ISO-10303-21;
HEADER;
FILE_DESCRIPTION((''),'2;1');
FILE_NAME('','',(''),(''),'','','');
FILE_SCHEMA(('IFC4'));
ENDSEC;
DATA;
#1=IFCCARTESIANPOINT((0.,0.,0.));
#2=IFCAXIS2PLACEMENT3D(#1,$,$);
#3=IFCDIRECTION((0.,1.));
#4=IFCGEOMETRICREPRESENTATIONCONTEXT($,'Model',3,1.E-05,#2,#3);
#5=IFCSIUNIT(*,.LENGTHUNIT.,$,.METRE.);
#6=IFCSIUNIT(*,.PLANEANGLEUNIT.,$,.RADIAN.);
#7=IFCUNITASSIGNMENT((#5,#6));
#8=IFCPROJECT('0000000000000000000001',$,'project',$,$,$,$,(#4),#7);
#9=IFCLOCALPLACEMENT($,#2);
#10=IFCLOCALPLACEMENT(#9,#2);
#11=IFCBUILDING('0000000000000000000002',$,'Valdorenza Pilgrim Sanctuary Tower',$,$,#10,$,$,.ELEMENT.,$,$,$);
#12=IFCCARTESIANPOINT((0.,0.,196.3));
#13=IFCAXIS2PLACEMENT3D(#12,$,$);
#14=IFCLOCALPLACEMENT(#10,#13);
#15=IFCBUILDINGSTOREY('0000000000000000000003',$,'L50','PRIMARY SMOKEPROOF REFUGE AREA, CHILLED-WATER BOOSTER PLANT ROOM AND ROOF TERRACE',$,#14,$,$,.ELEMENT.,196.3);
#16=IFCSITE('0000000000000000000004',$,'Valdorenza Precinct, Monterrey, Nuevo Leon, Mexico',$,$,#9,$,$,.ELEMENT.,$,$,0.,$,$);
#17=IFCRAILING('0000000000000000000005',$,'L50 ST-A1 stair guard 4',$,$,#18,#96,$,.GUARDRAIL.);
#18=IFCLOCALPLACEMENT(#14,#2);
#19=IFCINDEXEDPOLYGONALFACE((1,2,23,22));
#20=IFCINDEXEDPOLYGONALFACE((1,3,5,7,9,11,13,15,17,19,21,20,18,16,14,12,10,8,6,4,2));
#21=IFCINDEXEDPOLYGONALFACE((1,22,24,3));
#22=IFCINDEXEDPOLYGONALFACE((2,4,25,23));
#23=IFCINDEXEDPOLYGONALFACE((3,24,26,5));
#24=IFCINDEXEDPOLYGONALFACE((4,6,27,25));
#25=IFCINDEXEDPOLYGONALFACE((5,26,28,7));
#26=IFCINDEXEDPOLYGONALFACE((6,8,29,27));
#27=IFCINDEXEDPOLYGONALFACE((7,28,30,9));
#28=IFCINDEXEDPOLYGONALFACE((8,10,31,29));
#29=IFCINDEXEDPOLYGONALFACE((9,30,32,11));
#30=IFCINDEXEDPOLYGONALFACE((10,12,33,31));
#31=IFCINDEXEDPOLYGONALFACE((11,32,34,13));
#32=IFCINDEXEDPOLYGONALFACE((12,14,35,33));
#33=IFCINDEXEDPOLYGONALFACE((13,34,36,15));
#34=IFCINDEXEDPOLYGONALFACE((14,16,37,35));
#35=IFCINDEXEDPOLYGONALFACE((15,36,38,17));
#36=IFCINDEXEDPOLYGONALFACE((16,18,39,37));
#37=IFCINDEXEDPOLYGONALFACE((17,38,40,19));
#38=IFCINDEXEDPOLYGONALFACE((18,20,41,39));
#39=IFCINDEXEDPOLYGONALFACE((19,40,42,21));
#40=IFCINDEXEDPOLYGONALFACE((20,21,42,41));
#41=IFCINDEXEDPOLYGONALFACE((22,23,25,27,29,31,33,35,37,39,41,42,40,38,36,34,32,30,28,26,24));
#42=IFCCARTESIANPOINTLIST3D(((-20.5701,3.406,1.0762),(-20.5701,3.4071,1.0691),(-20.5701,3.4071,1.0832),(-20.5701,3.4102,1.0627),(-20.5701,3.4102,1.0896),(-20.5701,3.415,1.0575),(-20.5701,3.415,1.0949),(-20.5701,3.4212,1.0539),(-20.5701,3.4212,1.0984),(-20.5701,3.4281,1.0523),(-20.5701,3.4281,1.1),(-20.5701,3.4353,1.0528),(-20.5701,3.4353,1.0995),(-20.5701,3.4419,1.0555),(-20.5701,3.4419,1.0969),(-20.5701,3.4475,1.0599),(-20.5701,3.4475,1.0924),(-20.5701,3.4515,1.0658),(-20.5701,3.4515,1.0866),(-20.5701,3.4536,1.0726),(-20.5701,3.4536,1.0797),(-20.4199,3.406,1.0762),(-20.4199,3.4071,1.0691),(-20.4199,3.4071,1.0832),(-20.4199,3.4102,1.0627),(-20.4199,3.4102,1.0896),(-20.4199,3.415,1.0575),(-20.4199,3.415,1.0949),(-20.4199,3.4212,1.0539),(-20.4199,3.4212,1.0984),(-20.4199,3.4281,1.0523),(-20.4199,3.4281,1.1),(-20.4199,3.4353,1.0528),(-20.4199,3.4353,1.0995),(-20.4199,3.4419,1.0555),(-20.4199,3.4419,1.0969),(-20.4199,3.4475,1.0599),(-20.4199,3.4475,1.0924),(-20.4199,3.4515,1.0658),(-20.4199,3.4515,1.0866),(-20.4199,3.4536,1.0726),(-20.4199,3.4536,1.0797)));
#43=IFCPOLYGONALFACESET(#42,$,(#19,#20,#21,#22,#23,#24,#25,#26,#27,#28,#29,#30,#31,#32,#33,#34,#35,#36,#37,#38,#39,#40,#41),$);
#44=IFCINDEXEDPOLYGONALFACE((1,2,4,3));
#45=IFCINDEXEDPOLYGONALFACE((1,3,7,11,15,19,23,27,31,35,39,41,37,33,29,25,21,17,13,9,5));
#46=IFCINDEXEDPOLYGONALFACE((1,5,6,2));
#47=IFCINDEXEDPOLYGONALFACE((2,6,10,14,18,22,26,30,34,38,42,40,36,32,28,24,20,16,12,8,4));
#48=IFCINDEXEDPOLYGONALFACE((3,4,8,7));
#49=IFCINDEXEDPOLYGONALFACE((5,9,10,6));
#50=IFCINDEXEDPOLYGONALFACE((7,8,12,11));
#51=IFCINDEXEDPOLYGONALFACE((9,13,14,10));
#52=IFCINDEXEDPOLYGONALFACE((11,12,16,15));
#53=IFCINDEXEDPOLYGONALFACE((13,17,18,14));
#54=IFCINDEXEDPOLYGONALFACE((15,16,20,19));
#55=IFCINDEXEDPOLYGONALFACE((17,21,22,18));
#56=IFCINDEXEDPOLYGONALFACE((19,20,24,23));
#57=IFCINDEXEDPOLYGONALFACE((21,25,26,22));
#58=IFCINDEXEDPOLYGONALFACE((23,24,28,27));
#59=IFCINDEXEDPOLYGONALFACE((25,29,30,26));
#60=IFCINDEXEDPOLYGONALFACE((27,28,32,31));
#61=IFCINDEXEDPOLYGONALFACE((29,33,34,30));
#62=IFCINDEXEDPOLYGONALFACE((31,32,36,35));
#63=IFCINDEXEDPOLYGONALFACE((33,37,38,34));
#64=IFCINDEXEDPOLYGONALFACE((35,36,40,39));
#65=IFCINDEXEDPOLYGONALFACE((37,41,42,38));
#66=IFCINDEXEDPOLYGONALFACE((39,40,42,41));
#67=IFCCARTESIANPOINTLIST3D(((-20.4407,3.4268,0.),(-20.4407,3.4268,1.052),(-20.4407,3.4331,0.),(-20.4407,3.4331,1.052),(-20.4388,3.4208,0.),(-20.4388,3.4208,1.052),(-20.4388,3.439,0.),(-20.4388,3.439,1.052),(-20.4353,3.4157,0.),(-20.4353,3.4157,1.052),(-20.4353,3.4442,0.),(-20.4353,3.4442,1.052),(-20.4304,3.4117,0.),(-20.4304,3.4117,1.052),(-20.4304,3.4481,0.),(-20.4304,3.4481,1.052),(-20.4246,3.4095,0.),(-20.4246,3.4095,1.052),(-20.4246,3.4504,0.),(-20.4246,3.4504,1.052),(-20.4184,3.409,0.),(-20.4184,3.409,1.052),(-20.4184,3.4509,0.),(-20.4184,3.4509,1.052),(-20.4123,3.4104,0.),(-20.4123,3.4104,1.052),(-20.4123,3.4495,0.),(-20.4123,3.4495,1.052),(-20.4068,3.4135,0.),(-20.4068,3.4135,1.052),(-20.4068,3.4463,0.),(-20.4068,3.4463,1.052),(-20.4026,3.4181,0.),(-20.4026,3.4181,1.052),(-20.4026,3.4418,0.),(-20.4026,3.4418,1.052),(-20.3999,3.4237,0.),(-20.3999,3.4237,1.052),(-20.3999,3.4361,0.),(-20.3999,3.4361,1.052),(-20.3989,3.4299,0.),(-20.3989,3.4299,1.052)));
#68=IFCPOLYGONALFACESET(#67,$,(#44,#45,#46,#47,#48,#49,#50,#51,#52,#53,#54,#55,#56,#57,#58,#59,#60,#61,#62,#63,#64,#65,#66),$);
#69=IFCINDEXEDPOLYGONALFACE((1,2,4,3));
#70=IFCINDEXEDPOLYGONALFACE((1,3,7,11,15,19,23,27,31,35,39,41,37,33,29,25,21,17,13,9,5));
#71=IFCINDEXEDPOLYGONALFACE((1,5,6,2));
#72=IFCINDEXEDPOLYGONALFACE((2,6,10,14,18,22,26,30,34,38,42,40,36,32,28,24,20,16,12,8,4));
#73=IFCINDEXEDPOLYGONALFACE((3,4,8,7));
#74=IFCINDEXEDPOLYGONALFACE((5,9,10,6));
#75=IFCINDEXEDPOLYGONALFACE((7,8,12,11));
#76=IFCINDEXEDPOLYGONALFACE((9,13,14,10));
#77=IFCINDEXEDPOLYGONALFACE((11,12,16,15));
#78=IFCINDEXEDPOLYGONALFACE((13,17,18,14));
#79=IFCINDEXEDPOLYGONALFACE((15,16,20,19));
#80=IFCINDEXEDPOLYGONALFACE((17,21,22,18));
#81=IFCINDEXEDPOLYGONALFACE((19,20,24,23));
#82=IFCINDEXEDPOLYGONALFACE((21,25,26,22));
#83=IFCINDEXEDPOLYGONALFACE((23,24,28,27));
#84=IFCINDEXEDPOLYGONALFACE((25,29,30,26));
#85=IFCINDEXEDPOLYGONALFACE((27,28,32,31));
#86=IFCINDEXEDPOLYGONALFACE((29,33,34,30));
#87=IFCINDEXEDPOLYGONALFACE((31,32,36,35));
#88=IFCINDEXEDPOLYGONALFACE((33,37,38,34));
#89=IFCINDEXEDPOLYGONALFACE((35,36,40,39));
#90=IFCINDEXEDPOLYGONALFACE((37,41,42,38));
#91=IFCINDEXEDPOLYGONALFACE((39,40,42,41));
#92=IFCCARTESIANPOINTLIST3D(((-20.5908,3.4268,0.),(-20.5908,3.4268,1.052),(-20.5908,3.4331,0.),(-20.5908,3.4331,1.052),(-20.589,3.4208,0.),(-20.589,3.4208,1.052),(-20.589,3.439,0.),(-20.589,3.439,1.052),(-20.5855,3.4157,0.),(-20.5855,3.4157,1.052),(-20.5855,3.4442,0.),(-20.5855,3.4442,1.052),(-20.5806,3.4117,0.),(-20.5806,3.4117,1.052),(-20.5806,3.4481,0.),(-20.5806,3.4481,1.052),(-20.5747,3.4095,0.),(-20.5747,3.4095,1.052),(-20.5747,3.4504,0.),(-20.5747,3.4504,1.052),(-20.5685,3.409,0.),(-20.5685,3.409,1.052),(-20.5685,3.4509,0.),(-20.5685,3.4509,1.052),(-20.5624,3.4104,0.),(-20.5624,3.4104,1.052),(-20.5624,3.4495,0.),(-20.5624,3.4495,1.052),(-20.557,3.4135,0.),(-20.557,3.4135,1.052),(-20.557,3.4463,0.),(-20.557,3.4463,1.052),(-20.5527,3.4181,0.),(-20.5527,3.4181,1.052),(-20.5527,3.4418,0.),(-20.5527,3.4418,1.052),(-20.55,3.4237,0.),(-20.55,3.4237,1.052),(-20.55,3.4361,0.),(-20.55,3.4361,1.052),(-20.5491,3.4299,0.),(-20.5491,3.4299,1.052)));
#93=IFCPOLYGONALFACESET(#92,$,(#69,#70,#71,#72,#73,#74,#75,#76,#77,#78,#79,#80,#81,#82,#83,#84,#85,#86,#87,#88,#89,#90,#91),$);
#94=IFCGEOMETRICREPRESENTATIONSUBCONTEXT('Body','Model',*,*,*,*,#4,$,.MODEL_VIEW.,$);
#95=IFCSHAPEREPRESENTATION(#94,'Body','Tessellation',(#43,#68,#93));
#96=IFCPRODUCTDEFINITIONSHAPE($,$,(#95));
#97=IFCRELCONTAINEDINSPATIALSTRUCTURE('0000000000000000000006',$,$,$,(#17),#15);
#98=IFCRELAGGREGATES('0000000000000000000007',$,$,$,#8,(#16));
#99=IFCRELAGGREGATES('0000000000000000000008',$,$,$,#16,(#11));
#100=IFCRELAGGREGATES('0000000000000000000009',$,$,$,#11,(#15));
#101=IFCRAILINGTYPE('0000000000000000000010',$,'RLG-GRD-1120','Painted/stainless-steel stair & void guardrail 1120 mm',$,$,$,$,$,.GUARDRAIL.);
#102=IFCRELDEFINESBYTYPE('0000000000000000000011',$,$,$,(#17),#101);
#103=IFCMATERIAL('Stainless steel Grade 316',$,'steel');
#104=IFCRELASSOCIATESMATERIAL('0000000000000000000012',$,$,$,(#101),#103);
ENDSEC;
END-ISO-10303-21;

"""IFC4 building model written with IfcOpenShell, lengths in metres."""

from ifc_helpers import new_model, si_unit, direction, frame, origin, origin_2d, place, context, subcontext, project, spatial, circle, extrude, material, type_object, element, save


model = new_model("IFC4")

# Units and contexts
model_context = context("Model", 3, precision=1e-05, world=origin(), true_north=direction((0.0, 1.0)))
body_context = subcontext(model_context, "Body", "Model", "MODEL_VIEW")
ifc_project = project(units=[si_unit("LENGTHUNIT", "METRE"), si_unit("PLANEANGLEUNIT", "RADIAN")], contexts=[model_context])

# Site, building, storey
site_placement = place(None, origin())
site = spatial("IfcSite", under=ifc_project, at=site_placement, Name="Valdorenza Precinct, Monterrey, Nuevo Leon, Mexico", CompositionType="ELEMENT", RefElevation=0.0)
building_placement = place(site_placement, origin())
building = spatial("IfcBuilding", under=site, at=building_placement, Name="Valdorenza Pilgrim Sanctuary Tower", CompositionType="ELEMENT")
storey_placement = place(building_placement, frame((0.0, 0.0, 196.3)))
storey = spatial("IfcBuildingStorey", under=building, at=storey_placement, Name="L50", Description="PRIMARY SMOKEPROOF REFUGE AREA, CHILLED-WATER BOOSTER PLANT ROOM AND ROOF TERRACE", CompositionType="ELEMENT", Elevation=196.3)

# Railing
ifc_material_1 = material(Name="Stainless steel Grade 316", Category="steel")
railing_type_1 = type_object("IfcRailingType", Name="RLG-GRD-1120", Description="Painted/stainless-steel stair & void guardrail 1120 mm", PredefinedType="GUARDRAIL", material=ifc_material_1)
railing_1_placement = place(storey_placement, frame((-20.4199, 3.4299, 0.0)))
element("IfcRailing", 1, at=railing_1_placement, inside=storey, type_object=railing_type_1, Name="L50 ST-A1 stair guard 4", PredefinedType="GUARDRAIL", context=body_context, shape_type="SweptSolid", body=[
    extrude(circle(Radius=0.0239, at=origin_2d()), frame((0.0, 0.0, 1.0762), z_axis=(-1.0, 0.0, 0.0), x_axis=(0.0, -1.0, 0.0)), (0.0, 0.0, 1.0), 0.1501),
    extrude(circle(Radius=0.021, at=origin_2d()), origin(), (0.0, 0.0, 1.0), 1.052),
    extrude(circle(Radius=0.021, at=origin_2d()), frame((-0.1501, 0.0, 0.0)), (0.0, 0.0, 1.0), 1.052),
])

save(model, "model.ifc")
